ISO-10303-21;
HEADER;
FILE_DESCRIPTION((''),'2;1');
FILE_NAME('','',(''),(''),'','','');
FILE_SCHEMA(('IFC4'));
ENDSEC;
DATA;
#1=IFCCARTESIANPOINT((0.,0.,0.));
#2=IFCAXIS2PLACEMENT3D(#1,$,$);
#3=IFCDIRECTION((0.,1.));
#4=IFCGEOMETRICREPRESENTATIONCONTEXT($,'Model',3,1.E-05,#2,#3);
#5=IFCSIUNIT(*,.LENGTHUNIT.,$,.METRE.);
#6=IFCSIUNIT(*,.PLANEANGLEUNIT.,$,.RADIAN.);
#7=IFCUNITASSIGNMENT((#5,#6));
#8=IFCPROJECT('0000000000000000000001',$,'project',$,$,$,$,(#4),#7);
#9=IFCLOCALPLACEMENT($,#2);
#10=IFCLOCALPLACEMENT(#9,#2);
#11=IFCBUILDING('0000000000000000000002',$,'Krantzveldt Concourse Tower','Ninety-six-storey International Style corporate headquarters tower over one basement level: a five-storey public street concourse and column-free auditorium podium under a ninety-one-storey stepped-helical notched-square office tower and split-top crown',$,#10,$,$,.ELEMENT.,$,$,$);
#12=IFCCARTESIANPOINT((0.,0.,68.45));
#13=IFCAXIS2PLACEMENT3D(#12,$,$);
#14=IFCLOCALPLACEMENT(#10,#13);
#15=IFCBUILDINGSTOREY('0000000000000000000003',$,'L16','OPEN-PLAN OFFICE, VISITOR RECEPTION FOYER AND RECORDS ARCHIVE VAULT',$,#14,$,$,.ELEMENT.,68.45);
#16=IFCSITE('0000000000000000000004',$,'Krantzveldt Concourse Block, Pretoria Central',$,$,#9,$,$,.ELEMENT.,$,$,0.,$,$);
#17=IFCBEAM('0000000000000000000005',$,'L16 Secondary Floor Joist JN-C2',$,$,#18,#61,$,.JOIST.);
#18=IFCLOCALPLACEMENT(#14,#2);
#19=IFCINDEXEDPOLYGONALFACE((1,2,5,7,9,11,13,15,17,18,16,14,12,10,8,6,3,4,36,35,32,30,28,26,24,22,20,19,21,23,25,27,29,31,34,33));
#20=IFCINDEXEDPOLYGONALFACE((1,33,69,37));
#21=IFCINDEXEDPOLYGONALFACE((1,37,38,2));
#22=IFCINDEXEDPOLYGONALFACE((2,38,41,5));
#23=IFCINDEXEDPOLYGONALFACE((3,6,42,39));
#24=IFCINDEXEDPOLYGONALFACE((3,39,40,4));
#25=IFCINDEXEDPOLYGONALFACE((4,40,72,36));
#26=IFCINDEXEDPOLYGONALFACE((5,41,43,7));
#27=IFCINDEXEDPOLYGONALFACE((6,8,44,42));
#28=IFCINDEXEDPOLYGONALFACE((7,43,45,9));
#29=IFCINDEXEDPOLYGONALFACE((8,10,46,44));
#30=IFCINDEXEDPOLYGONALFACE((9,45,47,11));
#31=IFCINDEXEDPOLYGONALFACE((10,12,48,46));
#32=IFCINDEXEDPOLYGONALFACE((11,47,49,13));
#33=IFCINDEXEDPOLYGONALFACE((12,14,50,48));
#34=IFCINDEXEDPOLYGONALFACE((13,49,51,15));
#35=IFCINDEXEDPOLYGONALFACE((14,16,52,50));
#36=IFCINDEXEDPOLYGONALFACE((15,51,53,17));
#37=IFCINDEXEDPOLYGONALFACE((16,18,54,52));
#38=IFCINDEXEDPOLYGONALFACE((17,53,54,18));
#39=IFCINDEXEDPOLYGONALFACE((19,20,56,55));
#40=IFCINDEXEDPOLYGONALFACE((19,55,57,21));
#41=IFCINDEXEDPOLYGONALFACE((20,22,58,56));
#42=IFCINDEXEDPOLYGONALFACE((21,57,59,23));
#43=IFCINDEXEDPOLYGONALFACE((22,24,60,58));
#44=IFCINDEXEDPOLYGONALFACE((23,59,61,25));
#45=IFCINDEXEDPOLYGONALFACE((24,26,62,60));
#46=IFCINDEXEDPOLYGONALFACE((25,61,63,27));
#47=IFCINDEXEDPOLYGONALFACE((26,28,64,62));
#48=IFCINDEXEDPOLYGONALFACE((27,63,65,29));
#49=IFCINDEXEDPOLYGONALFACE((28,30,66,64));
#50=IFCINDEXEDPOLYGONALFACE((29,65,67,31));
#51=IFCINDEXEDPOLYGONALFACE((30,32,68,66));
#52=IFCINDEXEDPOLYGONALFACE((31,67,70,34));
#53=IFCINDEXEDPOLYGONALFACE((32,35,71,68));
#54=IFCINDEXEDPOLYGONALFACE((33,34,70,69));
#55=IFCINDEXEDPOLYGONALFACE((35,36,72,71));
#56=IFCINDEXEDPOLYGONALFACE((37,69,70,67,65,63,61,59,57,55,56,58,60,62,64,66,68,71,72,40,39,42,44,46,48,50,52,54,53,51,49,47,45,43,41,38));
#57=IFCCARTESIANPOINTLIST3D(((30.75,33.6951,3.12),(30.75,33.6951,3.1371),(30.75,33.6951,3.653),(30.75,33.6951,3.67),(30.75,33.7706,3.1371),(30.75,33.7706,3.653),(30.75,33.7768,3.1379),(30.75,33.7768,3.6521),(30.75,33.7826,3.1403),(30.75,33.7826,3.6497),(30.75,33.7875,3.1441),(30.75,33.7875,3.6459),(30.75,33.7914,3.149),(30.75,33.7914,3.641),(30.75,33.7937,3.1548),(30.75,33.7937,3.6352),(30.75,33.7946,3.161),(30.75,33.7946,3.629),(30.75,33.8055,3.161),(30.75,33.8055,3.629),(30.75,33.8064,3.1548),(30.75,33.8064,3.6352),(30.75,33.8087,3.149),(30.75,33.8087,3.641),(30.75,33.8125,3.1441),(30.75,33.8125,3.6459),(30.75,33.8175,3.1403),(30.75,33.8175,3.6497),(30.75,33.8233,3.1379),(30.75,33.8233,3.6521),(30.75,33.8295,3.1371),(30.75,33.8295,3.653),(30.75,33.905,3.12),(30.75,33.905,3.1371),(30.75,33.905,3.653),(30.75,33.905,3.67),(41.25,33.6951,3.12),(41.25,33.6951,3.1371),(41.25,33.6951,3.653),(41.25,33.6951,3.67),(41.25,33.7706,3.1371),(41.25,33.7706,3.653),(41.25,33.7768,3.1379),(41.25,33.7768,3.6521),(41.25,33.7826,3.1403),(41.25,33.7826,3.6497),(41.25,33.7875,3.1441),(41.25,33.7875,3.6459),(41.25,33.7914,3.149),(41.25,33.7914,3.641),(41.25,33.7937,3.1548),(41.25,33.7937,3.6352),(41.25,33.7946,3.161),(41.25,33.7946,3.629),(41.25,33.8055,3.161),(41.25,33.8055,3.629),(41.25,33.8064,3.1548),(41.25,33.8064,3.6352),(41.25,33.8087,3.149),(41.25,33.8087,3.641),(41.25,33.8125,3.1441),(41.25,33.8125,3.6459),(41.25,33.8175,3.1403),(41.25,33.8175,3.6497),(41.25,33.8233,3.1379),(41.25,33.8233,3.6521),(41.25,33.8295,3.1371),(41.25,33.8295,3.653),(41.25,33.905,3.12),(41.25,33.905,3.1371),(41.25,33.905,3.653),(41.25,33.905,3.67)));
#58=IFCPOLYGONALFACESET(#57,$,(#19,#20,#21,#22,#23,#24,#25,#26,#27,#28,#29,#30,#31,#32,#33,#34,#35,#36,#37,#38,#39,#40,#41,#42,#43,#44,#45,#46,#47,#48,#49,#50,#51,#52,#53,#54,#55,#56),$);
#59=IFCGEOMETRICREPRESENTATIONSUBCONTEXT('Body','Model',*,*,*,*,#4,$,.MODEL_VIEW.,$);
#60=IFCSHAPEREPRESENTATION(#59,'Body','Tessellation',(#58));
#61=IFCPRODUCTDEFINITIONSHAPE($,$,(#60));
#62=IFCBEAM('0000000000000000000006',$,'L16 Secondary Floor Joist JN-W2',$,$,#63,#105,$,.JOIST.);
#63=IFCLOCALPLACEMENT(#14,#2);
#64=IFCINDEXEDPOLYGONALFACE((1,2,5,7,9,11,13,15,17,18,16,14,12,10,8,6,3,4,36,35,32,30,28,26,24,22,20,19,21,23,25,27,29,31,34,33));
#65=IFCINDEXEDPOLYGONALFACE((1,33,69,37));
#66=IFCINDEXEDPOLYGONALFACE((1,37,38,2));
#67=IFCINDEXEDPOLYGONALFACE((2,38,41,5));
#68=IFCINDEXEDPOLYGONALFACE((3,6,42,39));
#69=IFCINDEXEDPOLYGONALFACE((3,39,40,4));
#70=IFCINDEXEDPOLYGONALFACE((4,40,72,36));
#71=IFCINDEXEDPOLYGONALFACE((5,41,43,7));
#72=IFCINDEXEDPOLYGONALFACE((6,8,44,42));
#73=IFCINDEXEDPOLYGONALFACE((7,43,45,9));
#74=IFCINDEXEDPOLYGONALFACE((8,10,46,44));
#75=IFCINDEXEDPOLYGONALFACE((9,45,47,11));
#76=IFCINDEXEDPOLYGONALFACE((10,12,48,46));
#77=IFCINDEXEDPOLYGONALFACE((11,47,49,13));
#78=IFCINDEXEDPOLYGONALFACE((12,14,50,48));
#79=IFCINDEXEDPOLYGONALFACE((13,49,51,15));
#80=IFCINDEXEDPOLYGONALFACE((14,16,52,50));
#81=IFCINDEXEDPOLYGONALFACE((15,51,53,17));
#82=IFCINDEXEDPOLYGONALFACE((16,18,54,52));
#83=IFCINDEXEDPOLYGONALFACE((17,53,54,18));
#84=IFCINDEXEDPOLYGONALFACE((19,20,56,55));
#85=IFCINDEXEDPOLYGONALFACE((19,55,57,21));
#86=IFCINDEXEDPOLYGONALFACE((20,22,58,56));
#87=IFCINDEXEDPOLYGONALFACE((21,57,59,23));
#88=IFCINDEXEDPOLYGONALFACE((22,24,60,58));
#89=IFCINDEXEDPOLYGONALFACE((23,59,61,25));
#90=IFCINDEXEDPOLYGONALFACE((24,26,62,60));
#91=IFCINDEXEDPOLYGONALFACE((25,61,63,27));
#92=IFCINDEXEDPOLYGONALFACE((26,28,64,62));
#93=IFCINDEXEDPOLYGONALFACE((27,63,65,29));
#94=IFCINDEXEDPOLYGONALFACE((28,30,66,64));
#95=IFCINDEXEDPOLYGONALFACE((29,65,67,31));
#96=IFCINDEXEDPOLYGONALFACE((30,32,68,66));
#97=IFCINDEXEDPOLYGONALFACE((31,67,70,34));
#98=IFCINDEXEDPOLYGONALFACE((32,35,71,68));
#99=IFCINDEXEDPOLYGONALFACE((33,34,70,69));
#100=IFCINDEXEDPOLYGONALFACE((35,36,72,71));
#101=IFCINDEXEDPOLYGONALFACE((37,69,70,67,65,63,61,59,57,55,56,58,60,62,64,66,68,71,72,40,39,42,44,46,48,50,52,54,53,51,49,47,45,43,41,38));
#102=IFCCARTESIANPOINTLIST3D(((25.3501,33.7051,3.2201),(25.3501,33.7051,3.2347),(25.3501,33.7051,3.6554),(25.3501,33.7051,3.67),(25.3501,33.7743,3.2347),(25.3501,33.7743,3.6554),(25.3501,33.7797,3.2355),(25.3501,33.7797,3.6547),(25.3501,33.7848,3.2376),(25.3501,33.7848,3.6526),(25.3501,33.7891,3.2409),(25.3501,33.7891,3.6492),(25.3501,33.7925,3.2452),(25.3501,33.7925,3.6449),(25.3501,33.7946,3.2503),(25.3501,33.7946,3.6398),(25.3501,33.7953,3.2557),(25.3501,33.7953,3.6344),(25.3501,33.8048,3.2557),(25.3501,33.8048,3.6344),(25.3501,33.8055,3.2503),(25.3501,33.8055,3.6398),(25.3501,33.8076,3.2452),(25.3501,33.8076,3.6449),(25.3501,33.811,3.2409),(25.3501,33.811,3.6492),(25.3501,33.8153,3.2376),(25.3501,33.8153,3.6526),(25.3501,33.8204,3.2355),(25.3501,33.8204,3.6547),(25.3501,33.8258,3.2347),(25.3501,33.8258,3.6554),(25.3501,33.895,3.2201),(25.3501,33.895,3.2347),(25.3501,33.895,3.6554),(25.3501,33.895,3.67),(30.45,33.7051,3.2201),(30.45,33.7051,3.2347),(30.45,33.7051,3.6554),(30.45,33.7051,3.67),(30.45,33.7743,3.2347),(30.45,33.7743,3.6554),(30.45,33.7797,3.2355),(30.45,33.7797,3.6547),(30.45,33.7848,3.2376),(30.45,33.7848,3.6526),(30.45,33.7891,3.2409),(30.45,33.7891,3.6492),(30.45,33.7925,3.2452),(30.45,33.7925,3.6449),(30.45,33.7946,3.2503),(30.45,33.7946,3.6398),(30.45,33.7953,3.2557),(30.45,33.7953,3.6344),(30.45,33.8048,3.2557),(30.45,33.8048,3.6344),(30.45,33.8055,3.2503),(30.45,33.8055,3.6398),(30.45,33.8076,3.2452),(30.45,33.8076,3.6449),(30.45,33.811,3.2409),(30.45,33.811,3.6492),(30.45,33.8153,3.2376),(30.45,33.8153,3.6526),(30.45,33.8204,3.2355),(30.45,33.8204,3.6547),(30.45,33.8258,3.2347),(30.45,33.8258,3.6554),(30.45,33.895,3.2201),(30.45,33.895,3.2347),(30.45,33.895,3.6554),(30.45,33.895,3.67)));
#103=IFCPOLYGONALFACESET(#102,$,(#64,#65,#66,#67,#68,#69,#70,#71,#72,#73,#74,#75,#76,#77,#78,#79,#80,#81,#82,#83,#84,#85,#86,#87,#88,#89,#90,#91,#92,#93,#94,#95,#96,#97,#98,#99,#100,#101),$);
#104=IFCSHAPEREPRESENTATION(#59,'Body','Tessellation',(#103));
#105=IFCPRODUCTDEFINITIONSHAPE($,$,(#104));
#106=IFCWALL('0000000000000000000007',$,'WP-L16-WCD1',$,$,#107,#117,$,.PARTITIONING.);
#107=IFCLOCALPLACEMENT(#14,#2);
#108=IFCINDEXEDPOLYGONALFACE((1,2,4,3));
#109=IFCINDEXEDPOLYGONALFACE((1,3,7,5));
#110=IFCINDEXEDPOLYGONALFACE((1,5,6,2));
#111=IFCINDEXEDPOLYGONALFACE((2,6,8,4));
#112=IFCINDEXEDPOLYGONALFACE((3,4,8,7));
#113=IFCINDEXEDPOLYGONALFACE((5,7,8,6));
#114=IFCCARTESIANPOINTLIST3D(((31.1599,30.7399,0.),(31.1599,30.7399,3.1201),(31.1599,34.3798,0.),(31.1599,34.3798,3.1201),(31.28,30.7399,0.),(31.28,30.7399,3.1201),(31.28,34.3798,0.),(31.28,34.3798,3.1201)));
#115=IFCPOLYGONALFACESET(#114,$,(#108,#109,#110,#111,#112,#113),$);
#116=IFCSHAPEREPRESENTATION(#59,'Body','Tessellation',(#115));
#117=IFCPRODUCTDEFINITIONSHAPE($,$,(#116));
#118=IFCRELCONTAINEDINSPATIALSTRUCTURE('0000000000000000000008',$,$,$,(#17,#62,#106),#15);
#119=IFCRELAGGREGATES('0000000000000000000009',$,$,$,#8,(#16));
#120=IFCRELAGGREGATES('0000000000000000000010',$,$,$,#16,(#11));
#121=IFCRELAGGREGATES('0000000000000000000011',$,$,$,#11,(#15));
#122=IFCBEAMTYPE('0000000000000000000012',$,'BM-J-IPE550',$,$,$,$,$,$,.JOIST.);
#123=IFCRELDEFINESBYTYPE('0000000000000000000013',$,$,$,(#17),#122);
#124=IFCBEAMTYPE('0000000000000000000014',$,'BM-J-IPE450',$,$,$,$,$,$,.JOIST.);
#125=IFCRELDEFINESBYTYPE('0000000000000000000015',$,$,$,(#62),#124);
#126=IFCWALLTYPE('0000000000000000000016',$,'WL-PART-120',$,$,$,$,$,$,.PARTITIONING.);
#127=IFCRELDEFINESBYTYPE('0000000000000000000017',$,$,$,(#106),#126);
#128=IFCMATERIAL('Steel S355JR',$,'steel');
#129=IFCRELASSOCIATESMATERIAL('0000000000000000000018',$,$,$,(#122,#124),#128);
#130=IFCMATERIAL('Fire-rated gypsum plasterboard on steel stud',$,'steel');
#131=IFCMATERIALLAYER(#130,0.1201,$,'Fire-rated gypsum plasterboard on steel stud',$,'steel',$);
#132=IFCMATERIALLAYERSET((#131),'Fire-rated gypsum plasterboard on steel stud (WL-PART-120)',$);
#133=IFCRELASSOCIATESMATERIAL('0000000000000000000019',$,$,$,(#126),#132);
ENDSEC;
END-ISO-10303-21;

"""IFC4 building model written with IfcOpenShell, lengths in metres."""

from ifc_helpers import new_model, si_unit, direction, frame, frame_2d, origin, origin_2d, place, context, subcontext, project, spatial, rectangle, i_section, extrude, source, transform, mapped, material, layer, layer_set, material_profile, profile_set, type_object, type_shapes, element, save


model = new_model("IFC4")

# Units and contexts
model_context = context("Model", 3, precision=1e-05, world=origin(), true_north=direction((0.0, 1.0)))
body_context = subcontext(model_context, "Body", "Model", "MODEL_VIEW")
ifc_project = project(units=[si_unit("LENGTHUNIT", "METRE"), si_unit("PLANEANGLEUNIT", "RADIAN")], contexts=[model_context])

# Site, building, storey
site_placement = place(None, origin())
site = spatial("IfcSite", under=ifc_project, at=site_placement, Name="Krantzveldt Concourse Block, Pretoria Central", CompositionType="ELEMENT", RefElevation=0.0)
building_placement = place(site_placement, origin())
building = spatial("IfcBuilding", under=site, at=building_placement, Name="Krantzveldt Concourse Tower", Description="Ninety-six-storey International Style corporate headquarters tower over one basement level: a five-storey public street concourse and column-free auditorium podium under a ninety-one-storey stepped-helical notched-square office tower and split-top crown", CompositionType="ELEMENT")
storey_placement = place(building_placement, frame((0.0, 0.0, 68.45)))
storey = spatial("IfcBuildingStorey", under=building, at=storey_placement, Name="L16", Description="OPEN-PLAN OFFICE, VISITOR RECEPTION FOYER AND RECORDS ARCHIVE VAULT", CompositionType="ELEMENT", Elevation=68.45)

# Beams
ifc_material_1 = material(Name="Steel S355JR", Category="steel")
ifc_material_profile_1 = material_profile(ifc_material_1, i_section(OverallWidth=0.21, OverallDepth=0.55, WebThickness=0.011, FlangeThickness=0.0171, FilletRadius=0.0239, at=origin_2d()), Name="Steel S355JR", Category="steel")
ifc_profile_set_1 = profile_set([ifc_material_profile_1], Name="Steel S355JR - IPE 550")
beam_type_1 = type_object("IfcBeamType", Name="BM-J-IPE550", PredefinedType="JOIST", material=ifc_profile_set_1)
shared_shape_1 = source(origin(), body_context, "Body", "SweptSolid", [
    extrude(i_section(OverallWidth=0.21, OverallDepth=0.55, WebThickness=0.011, FlangeThickness=0.0171, FilletRadius=0.0239, at=origin_2d()), origin(), (0.0, 0.0, 1.0), 10.5),
])
type_shapes(beam_type_1, [shared_shape_1])
beam_1_placement = place(storey_placement, frame((30.75, 33.8, 3.395), z_axis=(1.0, 0.0, 0.0), x_axis=(0.0, 1.0, 0.0)))
element("IfcBeam", 1, at=beam_1_placement, inside=storey, type_object=beam_type_1, Name="L16 Secondary Floor Joist JN-C2", PredefinedType="JOIST", context=body_context, shape_type="MappedRepresentation", body=[
    mapped(shared_shape_1, transform((0.0, 0.0, 0.0), x_axis=(1.0, 0.0, 0.0), y_axis=(0.0, 1.0, 0.0), z_axis=(0.0, 0.0, 1.0), scale=1.0)),
])
ifc_material_profile_2 = material_profile(ifc_material_1, i_section(OverallWidth=0.1899, OverallDepth=0.45, WebThickness=0.0095, FlangeThickness=0.0146, FilletRadius=0.021, at=origin_2d()), Name="Steel S355JR", Category="steel")
ifc_profile_set_2 = profile_set([ifc_material_profile_2], Name="Steel S355JR - IPE 450")
beam_type_2 = type_object("IfcBeamType", Name="BM-J-IPE450", PredefinedType="JOIST", material=ifc_profile_set_2)
shared_shape_2 = source(origin(), body_context, "Body", "SweptSolid", [
    extrude(i_section(OverallWidth=0.1899, OverallDepth=0.45, WebThickness=0.0095, FlangeThickness=0.0146, FilletRadius=0.021, at=origin_2d()), origin(), (0.0, 0.0, 1.0), 5.0999),
])
type_shapes(beam_type_2, [shared_shape_2])
beam_2_placement = place(storey_placement, frame((25.3501, 33.8, 3.4451), z_axis=(1.0, 0.0, 0.0), x_axis=(0.0, 1.0, 0.0)))
element("IfcBeam", 2, at=beam_2_placement, inside=storey, type_object=beam_type_2, Name="L16 Secondary Floor Joist JN-W2", PredefinedType="JOIST", context=body_context, shape_type="MappedRepresentation", body=[
    mapped(shared_shape_2, transform((0.0, 0.0, 0.0), x_axis=(1.0, 0.0, 0.0), y_axis=(0.0, 1.0, 0.0), z_axis=(0.0, 0.0, 1.0), scale=1.0)),
])

# Wall
ifc_material_2 = material(Name="Fire-rated gypsum plasterboard on steel stud", Category="steel")
ifc_layer_1 = layer(ifc_material_2, 0.1201, Name="Fire-rated gypsum plasterboard on steel stud", Category="steel")
ifc_layer_set_1 = layer_set([ifc_layer_1], Name="Fire-rated gypsum plasterboard on steel stud (WL-PART-120)")
wall_type_1 = type_object("IfcWallType", Name="WL-PART-120", PredefinedType="PARTITIONING", material=ifc_layer_set_1)
wall_1_placement = place(storey_placement, frame((31.22, 30.74, 0.0), z_axis=(0.0, 0.0, 1.0), x_axis=(0.0, 1.0, 0.0)))
element("IfcWall", 3, at=wall_1_placement, inside=storey, type_object=wall_type_1, Name="WP-L16-WCD1", PredefinedType="PARTITIONING", context=body_context, shape_type="SweptSolid", body=[
    extrude(rectangle(XDim=3.6399, YDim=0.1201, at=frame_2d((1.8198, 0.0))), origin(), (0.0, 0.0, 1.0), 3.1201),
])

save(model, "model.ifc")
